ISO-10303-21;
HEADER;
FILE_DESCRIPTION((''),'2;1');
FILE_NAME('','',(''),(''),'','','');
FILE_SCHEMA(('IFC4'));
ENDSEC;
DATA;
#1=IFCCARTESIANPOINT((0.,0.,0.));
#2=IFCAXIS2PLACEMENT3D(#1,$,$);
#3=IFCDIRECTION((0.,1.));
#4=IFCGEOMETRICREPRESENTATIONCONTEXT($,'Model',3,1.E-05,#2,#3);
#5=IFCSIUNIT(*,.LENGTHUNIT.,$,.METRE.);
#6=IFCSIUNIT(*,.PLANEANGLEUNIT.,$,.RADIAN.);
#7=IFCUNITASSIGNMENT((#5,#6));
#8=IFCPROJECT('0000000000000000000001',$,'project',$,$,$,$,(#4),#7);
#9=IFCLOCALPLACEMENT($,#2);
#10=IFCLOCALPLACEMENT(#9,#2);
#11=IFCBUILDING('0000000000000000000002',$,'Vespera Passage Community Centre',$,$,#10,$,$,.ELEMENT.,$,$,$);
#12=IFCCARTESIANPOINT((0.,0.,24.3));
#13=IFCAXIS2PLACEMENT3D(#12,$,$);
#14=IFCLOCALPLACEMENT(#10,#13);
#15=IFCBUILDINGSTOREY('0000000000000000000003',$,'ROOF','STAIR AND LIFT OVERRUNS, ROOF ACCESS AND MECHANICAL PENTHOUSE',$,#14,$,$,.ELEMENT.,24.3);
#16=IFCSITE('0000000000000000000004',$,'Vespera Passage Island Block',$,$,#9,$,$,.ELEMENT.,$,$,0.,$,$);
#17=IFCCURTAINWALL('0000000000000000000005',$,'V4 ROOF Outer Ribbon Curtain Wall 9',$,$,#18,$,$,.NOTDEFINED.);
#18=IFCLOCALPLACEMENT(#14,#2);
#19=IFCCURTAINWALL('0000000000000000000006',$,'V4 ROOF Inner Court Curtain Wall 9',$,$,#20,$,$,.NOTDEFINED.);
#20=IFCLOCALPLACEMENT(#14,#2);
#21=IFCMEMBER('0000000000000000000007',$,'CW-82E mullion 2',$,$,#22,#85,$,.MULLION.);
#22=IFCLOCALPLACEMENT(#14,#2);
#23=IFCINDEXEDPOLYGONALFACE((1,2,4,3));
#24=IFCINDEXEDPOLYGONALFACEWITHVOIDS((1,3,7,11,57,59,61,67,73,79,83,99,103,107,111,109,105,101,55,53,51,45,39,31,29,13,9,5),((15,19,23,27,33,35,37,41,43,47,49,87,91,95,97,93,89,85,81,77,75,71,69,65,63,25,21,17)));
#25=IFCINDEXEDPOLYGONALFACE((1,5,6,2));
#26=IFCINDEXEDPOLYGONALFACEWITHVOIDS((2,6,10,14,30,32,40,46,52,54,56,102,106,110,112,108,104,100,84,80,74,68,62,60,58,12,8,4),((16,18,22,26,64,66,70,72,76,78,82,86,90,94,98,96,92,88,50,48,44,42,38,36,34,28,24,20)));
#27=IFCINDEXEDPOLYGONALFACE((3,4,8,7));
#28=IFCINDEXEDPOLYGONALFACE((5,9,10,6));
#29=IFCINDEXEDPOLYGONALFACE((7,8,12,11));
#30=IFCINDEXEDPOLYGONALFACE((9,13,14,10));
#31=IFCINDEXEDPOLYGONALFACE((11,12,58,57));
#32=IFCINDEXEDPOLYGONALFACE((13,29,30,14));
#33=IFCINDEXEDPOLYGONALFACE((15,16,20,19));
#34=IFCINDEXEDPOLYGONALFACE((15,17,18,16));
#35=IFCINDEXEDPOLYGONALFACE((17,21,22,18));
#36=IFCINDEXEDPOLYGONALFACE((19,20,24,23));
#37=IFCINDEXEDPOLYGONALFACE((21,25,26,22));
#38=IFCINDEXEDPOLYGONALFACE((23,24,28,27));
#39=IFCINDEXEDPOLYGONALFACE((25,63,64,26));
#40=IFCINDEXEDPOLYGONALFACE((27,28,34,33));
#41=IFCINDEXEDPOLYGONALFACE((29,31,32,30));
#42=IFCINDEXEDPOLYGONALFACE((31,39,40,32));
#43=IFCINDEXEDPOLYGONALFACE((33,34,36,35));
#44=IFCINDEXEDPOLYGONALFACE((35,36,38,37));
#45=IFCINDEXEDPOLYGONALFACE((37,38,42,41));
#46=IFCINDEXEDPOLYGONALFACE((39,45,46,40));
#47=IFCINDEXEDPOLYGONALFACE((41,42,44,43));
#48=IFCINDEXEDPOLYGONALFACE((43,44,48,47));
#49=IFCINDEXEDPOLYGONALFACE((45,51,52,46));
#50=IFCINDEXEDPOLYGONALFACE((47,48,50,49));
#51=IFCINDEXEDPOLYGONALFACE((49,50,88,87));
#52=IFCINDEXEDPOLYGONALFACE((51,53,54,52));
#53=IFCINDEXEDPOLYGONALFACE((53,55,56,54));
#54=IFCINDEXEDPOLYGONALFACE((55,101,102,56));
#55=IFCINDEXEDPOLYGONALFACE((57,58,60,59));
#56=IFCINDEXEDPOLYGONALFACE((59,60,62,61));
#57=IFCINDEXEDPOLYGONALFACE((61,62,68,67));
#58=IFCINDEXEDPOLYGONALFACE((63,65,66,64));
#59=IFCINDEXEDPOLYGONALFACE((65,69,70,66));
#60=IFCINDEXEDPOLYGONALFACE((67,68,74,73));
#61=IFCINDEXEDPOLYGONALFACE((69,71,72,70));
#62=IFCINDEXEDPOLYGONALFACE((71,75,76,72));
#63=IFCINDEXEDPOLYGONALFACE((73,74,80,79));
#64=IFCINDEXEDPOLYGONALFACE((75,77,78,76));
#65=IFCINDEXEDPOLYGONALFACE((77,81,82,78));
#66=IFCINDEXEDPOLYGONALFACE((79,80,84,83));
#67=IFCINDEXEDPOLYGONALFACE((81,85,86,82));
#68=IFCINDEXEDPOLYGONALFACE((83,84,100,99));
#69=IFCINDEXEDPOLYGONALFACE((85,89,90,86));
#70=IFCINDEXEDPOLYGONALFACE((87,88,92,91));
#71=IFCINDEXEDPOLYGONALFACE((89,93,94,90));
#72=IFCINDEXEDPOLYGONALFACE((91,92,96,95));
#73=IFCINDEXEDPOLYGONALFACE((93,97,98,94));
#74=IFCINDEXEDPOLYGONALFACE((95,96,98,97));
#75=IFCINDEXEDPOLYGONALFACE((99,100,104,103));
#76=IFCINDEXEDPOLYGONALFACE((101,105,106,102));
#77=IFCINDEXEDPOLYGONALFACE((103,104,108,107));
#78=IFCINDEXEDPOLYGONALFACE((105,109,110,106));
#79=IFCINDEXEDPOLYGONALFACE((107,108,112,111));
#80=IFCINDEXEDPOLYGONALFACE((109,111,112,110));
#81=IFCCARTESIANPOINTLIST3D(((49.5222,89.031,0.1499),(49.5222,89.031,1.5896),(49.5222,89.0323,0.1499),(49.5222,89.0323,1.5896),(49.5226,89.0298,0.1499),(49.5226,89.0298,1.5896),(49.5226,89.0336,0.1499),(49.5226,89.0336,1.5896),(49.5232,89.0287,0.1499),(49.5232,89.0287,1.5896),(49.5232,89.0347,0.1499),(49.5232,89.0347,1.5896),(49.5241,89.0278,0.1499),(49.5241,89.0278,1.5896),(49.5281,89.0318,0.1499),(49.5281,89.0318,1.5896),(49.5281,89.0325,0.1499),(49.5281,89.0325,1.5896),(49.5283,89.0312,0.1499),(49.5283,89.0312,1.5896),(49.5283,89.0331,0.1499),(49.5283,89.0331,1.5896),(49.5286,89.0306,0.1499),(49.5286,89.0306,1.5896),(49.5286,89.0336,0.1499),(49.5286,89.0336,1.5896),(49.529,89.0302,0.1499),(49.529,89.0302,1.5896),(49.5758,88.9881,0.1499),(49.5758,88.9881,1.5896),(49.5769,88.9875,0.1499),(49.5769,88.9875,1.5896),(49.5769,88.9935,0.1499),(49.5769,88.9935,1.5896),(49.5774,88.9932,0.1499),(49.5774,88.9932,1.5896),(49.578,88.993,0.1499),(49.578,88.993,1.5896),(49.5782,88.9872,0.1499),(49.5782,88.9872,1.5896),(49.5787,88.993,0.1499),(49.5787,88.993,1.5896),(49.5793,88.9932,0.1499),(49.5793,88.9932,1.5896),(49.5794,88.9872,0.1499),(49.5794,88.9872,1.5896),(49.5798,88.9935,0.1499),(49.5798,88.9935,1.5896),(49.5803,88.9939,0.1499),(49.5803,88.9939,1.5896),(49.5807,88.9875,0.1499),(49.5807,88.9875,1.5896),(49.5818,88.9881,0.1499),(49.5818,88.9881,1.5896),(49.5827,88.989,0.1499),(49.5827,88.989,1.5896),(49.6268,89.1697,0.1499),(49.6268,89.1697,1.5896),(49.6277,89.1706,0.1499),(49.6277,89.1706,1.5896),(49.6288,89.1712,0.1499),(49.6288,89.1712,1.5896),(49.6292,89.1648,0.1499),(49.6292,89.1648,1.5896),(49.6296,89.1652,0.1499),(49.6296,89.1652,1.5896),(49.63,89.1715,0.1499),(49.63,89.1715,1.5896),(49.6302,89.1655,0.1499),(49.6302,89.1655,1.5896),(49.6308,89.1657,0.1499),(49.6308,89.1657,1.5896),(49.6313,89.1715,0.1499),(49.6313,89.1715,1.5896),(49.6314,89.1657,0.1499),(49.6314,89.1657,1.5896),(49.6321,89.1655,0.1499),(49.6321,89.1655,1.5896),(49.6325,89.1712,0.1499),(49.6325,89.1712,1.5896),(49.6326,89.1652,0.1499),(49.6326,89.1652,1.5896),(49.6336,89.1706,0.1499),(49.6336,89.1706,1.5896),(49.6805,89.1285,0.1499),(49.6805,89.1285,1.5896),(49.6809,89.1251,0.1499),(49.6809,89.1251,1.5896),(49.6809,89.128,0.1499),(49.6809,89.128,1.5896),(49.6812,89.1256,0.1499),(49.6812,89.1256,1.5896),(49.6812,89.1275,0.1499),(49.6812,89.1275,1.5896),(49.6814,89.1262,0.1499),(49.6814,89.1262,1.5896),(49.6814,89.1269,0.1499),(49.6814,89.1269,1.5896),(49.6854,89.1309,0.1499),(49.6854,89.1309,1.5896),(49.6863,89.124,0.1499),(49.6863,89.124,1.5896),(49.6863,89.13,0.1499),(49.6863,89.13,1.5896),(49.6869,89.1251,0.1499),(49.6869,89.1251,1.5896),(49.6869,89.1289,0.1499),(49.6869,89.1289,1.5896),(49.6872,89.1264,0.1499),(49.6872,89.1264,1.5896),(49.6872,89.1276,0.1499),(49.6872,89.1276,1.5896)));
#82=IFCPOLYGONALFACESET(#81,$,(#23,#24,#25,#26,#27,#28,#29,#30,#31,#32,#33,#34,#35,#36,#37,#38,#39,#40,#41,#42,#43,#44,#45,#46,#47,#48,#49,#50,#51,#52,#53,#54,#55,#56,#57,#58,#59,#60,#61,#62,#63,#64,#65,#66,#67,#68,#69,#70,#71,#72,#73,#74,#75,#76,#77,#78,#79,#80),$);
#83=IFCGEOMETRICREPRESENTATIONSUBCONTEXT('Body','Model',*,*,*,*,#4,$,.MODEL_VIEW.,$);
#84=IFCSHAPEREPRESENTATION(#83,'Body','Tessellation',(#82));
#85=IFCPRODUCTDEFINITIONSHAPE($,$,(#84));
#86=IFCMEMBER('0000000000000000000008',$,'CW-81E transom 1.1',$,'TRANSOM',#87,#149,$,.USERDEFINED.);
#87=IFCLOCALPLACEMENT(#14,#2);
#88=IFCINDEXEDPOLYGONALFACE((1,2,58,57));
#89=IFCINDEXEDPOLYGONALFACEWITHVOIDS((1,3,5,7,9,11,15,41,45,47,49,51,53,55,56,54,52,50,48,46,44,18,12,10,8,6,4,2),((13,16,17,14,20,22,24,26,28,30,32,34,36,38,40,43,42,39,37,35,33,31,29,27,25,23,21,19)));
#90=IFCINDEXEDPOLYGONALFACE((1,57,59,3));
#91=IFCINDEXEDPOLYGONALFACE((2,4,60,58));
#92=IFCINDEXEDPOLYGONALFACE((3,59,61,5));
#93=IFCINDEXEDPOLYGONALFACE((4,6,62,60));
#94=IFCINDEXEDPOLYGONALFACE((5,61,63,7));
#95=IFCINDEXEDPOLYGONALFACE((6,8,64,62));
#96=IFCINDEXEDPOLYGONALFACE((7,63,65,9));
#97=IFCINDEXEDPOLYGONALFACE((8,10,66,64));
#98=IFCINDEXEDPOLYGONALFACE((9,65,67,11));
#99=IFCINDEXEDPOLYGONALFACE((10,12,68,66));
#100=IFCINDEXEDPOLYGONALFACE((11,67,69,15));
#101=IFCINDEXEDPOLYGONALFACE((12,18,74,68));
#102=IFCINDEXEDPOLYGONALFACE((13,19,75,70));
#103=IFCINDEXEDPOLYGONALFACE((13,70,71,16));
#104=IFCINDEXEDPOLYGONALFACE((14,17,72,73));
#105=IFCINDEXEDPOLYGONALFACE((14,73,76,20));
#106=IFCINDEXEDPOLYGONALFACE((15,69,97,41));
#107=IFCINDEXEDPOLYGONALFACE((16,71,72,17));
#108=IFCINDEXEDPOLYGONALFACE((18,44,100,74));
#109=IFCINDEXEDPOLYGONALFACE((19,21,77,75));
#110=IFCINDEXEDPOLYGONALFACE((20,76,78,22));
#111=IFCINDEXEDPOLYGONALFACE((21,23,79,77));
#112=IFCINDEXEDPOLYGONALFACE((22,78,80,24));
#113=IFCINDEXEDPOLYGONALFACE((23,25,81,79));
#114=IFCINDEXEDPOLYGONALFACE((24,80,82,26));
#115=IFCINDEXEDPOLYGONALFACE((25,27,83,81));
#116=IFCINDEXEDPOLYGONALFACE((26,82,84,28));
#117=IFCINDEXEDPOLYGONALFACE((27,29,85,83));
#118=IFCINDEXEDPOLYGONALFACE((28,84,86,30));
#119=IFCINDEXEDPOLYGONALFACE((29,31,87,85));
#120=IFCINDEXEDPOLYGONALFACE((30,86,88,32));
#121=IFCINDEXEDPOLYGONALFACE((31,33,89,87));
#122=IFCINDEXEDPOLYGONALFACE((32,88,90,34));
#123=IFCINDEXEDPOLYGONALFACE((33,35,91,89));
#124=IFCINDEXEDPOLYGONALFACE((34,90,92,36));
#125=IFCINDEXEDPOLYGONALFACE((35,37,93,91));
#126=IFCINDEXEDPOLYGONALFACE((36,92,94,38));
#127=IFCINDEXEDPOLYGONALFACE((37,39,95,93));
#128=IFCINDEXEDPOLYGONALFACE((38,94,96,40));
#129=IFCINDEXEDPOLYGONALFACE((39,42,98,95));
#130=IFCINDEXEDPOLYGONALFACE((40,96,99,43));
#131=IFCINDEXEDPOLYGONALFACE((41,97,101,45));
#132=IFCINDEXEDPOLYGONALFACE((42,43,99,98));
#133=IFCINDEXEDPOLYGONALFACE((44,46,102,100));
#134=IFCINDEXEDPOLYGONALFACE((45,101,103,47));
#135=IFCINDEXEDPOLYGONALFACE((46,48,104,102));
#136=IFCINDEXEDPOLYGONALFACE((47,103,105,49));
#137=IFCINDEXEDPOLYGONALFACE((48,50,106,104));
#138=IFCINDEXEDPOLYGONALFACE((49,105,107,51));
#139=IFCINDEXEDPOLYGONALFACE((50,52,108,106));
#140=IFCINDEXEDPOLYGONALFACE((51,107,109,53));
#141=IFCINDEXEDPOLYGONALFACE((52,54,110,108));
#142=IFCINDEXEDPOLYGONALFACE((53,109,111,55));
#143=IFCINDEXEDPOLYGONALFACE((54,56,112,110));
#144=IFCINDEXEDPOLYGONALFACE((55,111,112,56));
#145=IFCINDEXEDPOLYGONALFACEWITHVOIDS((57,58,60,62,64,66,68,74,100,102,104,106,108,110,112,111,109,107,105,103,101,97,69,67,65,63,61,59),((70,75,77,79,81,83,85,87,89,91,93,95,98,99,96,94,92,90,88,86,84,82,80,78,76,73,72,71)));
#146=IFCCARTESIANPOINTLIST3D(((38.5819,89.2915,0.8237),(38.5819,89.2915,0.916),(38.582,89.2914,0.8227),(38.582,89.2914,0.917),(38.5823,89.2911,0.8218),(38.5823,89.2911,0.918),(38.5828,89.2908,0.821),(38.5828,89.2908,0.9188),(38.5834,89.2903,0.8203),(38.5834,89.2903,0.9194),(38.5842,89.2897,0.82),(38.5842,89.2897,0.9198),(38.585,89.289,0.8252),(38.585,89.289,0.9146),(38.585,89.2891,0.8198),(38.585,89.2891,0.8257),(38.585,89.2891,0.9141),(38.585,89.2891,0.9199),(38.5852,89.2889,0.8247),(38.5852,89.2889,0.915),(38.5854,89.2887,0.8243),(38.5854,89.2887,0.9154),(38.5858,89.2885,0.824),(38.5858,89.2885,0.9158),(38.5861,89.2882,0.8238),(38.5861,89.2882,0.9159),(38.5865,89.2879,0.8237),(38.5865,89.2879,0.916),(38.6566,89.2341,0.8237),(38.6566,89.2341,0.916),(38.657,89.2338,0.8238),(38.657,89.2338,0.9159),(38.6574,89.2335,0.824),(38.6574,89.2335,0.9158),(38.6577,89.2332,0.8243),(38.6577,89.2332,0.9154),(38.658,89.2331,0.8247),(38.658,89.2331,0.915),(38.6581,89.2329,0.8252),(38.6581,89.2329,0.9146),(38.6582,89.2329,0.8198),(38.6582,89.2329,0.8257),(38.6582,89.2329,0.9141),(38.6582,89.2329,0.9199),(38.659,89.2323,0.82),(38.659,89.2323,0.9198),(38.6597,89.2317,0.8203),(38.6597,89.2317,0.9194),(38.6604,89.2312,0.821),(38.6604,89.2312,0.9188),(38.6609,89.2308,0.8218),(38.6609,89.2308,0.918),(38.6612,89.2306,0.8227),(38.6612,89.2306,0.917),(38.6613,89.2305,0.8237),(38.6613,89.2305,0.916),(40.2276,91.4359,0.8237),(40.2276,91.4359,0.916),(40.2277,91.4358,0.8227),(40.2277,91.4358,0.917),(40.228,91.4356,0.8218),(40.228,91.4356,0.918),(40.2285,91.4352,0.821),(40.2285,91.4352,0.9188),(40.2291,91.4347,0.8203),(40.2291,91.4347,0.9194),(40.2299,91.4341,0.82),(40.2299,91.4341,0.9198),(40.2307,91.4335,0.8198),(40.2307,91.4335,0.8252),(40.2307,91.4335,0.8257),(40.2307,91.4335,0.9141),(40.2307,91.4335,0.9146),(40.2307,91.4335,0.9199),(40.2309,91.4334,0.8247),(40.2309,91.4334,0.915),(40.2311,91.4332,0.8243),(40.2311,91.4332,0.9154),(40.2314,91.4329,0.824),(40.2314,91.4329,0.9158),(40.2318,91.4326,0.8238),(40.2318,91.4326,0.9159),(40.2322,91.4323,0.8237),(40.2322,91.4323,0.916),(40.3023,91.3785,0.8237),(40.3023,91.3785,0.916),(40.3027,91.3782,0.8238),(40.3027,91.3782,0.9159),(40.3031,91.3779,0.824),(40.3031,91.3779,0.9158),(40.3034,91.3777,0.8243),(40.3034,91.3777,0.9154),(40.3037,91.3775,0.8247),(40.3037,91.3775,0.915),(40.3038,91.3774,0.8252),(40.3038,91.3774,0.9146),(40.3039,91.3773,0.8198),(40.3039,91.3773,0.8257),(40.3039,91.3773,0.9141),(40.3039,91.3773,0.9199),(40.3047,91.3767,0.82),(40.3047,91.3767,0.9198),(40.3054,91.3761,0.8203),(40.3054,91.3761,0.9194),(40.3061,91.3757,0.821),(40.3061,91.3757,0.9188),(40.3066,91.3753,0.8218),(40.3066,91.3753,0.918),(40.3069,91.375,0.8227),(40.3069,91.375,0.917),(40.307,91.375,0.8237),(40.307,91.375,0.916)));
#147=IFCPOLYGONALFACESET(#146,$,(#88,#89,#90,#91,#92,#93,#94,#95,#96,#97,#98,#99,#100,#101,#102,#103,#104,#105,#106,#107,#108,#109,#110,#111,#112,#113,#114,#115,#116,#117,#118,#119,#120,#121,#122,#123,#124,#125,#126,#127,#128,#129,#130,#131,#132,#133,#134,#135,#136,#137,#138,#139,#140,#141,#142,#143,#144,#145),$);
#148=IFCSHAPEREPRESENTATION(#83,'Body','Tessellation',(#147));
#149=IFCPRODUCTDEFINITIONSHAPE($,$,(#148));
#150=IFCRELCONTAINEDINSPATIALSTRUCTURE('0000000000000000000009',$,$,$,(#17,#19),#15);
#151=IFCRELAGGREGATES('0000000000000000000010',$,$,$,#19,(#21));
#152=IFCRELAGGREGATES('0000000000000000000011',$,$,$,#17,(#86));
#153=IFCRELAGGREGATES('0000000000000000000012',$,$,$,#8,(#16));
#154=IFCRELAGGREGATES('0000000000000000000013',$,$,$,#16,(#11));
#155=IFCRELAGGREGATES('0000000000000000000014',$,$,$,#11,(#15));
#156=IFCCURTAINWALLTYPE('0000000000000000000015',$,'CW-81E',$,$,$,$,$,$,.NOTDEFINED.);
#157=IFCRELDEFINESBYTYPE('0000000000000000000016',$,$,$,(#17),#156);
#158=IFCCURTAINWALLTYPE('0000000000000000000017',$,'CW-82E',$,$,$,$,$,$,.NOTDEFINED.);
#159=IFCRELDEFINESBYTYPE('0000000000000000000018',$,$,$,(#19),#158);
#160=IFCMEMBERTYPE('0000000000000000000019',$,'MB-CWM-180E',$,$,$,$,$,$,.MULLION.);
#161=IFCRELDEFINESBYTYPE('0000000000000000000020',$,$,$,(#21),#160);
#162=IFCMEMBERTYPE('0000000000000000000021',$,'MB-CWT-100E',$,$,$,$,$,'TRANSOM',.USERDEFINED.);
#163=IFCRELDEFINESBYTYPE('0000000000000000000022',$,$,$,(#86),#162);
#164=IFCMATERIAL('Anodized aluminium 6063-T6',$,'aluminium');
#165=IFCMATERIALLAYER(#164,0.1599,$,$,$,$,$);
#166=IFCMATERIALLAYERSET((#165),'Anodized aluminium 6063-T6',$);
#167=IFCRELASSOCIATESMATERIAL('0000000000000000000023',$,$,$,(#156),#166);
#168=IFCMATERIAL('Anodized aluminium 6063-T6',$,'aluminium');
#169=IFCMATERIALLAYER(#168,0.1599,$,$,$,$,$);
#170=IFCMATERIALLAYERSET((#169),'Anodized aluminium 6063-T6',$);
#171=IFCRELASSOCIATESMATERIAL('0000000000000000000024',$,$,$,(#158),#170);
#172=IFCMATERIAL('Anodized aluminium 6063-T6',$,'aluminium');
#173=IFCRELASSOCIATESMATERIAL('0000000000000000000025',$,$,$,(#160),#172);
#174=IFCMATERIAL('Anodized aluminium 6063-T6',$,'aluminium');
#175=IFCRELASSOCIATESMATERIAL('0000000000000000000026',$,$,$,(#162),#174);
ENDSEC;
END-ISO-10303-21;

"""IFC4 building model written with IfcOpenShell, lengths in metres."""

from ifc_helpers import new_model, si_unit, direction, frame, origin, origin_2d, place, context, subcontext, project, spatial, hollow_rectangle, extrude, material, layer, layer_set, material_profile, profile_set, type_object, element, aggregate, save


model = new_model("IFC4")

# Units and contexts
model_context = context("Model", 3, precision=1e-05, world=origin(), true_north=direction((0.0, 1.0)))
body_context = subcontext(model_context, "Body", "Model", "MODEL_VIEW")
ifc_project = project(units=[si_unit("LENGTHUNIT", "METRE"), si_unit("PLANEANGLEUNIT", "RADIAN")], contexts=[model_context])

# Site, building, storey
site_placement = place(None, origin())
site = spatial("IfcSite", under=ifc_project, at=site_placement, Name="Vespera Passage Island Block", CompositionType="ELEMENT", RefElevation=0.0)
building_placement = place(site_placement, origin())
building = spatial("IfcBuilding", under=site, at=building_placement, Name="Vespera Passage Community Centre", CompositionType="ELEMENT")
storey_placement = place(building_placement, frame((0.0, 0.0, 24.3)))
storey = spatial("IfcBuildingStorey", under=building, at=storey_placement, Name="ROOF", Description="STAIR AND LIFT OVERRUNS, ROOF ACCESS AND MECHANICAL PENTHOUSE", CompositionType="ELEMENT", Elevation=24.3)

# Curtain walls, member
ifc_material_1 = material(Name="Anodized aluminium 6063-T6", Category="aluminium")
ifc_layer_1 = layer(ifc_material_1, 0.1599)
ifc_layer_set_1 = layer_set([ifc_layer_1], Name="Anodized aluminium 6063-T6")
curtain_wall_type_1 = type_object("IfcCurtainWallType", Name="CW-81E", PredefinedType="NOTDEFINED", material=ifc_layer_set_1)
curtain_wall_1_placement = place(storey_placement, origin())
curtain_wall_1 = element("IfcCurtainWall", 1, at=curtain_wall_1_placement, inside=storey, type_object=curtain_wall_type_1, Name="V4 ROOF Outer Ribbon Curtain Wall 9", PredefinedType="NOTDEFINED")
ifc_material_2 = material(Name="Anodized aluminium 6063-T6", Category="aluminium")
ifc_layer_2 = layer(ifc_material_2, 0.1599)
ifc_layer_set_2 = layer_set([ifc_layer_2], Name="Anodized aluminium 6063-T6")
curtain_wall_type_2 = type_object("IfcCurtainWallType", Name="CW-82E", PredefinedType="NOTDEFINED", material=ifc_layer_set_2)
curtain_wall_2_placement = place(storey_placement, origin())
curtain_wall_2 = element("IfcCurtainWall", 2, at=curtain_wall_2_placement, inside=storey, type_object=curtain_wall_type_2, Name="V4 ROOF Inner Court Curtain Wall 9", PredefinedType="NOTDEFINED")
ifc_material_3 = material(Name="Anodized aluminium 6063-T6", Category="aluminium")
ifc_material_profile_1 = material_profile(ifc_material_3, hollow_rectangle(XDim=0.075, YDim=0.1799, WallThickness=0.0049, InnerFilletRadius=0.0024, OuterFilletRadius=0.0049, at=origin_2d()), Name="ALU180X75X5")
ifc_profile_set_1 = profile_set([ifc_material_profile_1], Name="Anodized aluminium 6063-T6")
member_type_1 = type_object("IfcMemberType", Name="MB-CWM-180E", PredefinedType="MULLION", material=ifc_profile_set_1)
member_1_placement = place(storey_placement, frame((49.6047, 89.0793, 0.1499), z_axis=(0.0, 0.0, 1.0), x_axis=(0.793358, -0.608755, 0.0)))
member_1 = element("IfcMember", 3, at=member_1_placement, type_object=member_type_1, Name="CW-82E mullion 2", PredefinedType="MULLION", context=body_context, shape_type="SweptSolid", body=[
    extrude(hollow_rectangle(XDim=0.075, YDim=0.1799, WallThickness=0.0049, InnerFilletRadius=0.0024, OuterFilletRadius=0.0049, at=origin_2d()), origin(), (0.0, 0.0, 1.0), 1.4397),
])

# Member
ifc_material_4 = material(Name="Anodized aluminium 6063-T6", Category="aluminium")
ifc_material_profile_2 = material_profile(ifc_material_4, hollow_rectangle(XDim=0.1001, YDim=0.1001, WallThickness=0.0039, InnerFilletRadius=0.002, OuterFilletRadius=0.0039, at=origin_2d()), Name="ALU100X100X4")
ifc_profile_set_2 = profile_set([ifc_material_profile_2], Name="Anodized aluminium 6063-T6")
member_type_2 = type_object("IfcMemberType", Name="MB-CWT-100E", ElementType="TRANSOM", PredefinedType="USERDEFINED", material=ifc_profile_set_2)
member_2_placement = place(storey_placement, frame((38.6216, 89.261, 0.8699), z_axis=(0.608807, 0.793318, 0.0), x_axis=(-0.793318, 0.608807, 0.0)))
member_2 = element("IfcMember", 4, at=member_2_placement, type_object=member_type_2, Name="CW-81E transom 1.1", ObjectType="TRANSOM", PredefinedType="USERDEFINED", context=body_context, shape_type="SweptSolid", body=[
    extrude(hollow_rectangle(XDim=0.1001, YDim=0.1001, WallThickness=0.0039, InnerFilletRadius=0.002, OuterFilletRadius=0.0039, at=origin_2d()), origin(), (0.0, 0.0, 1.0), 2.7031),
])

aggregate(curtain_wall_2, [member_1])
aggregate(curtain_wall_1, [member_2])

save(model, "model.ifc")
